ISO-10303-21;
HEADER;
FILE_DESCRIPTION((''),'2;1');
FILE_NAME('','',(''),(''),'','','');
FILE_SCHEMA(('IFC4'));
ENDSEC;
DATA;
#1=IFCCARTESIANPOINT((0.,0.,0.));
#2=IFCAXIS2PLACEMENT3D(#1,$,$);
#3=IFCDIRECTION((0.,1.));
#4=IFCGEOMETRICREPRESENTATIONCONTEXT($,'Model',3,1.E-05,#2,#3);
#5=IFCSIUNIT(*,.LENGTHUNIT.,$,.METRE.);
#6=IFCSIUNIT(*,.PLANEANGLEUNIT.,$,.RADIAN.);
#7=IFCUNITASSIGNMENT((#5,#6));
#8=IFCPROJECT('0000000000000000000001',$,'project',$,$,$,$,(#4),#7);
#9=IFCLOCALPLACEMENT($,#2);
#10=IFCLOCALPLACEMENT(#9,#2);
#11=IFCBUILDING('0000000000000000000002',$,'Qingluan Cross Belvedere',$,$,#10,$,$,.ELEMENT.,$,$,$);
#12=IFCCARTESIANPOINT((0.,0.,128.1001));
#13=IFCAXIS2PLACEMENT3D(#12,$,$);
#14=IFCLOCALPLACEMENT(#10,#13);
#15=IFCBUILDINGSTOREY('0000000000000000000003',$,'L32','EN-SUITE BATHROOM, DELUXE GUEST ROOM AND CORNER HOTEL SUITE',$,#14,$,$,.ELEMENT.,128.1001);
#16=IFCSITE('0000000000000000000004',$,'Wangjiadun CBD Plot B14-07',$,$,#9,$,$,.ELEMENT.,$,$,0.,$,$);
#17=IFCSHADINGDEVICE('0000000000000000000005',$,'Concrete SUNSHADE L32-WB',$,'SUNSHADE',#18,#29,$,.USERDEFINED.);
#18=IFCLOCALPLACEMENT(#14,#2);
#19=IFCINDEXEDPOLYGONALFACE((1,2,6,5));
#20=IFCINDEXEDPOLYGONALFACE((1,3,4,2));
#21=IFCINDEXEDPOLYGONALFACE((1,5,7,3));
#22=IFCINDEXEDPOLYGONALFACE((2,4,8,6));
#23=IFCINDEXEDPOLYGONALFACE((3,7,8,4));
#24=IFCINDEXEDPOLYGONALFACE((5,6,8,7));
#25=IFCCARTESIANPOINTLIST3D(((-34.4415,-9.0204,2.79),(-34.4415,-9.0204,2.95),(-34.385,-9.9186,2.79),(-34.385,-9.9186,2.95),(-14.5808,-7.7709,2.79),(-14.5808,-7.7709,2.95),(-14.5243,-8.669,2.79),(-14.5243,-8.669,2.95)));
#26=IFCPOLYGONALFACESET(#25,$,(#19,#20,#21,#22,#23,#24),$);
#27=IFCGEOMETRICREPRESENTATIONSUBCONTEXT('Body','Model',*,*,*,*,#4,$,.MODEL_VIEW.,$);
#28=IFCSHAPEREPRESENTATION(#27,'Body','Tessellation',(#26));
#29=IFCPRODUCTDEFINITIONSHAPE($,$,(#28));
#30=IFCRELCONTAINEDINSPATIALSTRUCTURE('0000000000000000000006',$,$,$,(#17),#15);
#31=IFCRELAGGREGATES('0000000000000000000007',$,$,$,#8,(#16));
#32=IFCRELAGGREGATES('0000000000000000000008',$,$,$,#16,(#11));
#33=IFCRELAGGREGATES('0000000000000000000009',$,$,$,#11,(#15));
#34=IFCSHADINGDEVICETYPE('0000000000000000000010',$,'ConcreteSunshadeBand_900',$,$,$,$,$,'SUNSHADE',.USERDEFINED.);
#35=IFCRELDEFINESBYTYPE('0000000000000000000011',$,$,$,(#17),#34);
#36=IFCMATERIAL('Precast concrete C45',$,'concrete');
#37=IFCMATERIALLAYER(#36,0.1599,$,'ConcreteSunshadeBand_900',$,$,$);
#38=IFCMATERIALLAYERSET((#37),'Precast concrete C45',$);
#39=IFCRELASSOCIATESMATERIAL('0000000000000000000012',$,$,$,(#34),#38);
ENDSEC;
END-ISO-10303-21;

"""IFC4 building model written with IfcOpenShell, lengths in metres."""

from ifc_helpers import new_model, si_unit, direction, frame, origin, origin_2d, place, context, subcontext, project, spatial, rectangle, extrude, material, layer, layer_set, type_object, element, save


model = new_model("IFC4")

# Units and contexts
model_context = context("Model", 3, precision=1e-05, world=origin(), true_north=direction((0.0, 1.0)))
body_context = subcontext(model_context, "Body", "Model", "MODEL_VIEW")
ifc_project = project(units=[si_unit("LENGTHUNIT", "METRE"), si_unit("PLANEANGLEUNIT", "RADIAN")], contexts=[model_context])

# Site, building, storey
site_placement = place(None, origin())
site = spatial("IfcSite", under=ifc_project, at=site_placement, Name="Wangjiadun CBD Plot B14-07", CompositionType="ELEMENT", RefElevation=0.0)
building_placement = place(site_placement, origin())
building = spatial("IfcBuilding", under=site, at=building_placement, Name="Qingluan Cross Belvedere", CompositionType="ELEMENT")
storey_placement = place(building_placement, frame((0.0, 0.0, 128.1001)))
storey = spatial("IfcBuildingStorey", under=building, at=storey_placement, Name="L32", Description="EN-SUITE BATHROOM, DELUXE GUEST ROOM AND CORNER HOTEL SUITE", CompositionType="ELEMENT", Elevation=128.1001)

# Shading device
ifc_material_1 = material(Name="Precast concrete C45", Category="concrete")
ifc_layer_1 = layer(ifc_material_1, 0.1599, Name="ConcreteSunshadeBand_900")
ifc_layer_set_1 = layer_set([ifc_layer_1], Name="Precast concrete C45")
shading_device_type = type_object("IfcShadingDeviceType", Name="ConcreteSunshadeBand_900", ElementType="SUNSHADE", PredefinedType="USERDEFINED", material=ifc_layer_set_1)
shading_device_placement = place(storey_placement, frame((-24.4829, -8.8447, 2.79), z_axis=(0.0, 0.0, 1.0), x_axis=(0.998027, 0.062791, 0.0)))
element("IfcShadingDevice", 1, at=shading_device_placement, inside=storey, type_object=shading_device_type, Name="Concrete SUNSHADE L32-WB", ObjectType="SUNSHADE", PredefinedType="USERDEFINED", context=body_context, shape_type="SweptSolid", body=[
    extrude(rectangle(XDim=19.8999, YDim=0.8999, at=origin_2d()), origin(), (0.0, 0.0, 1.0), 0.1599),
])

save(model, "model.ifc")
